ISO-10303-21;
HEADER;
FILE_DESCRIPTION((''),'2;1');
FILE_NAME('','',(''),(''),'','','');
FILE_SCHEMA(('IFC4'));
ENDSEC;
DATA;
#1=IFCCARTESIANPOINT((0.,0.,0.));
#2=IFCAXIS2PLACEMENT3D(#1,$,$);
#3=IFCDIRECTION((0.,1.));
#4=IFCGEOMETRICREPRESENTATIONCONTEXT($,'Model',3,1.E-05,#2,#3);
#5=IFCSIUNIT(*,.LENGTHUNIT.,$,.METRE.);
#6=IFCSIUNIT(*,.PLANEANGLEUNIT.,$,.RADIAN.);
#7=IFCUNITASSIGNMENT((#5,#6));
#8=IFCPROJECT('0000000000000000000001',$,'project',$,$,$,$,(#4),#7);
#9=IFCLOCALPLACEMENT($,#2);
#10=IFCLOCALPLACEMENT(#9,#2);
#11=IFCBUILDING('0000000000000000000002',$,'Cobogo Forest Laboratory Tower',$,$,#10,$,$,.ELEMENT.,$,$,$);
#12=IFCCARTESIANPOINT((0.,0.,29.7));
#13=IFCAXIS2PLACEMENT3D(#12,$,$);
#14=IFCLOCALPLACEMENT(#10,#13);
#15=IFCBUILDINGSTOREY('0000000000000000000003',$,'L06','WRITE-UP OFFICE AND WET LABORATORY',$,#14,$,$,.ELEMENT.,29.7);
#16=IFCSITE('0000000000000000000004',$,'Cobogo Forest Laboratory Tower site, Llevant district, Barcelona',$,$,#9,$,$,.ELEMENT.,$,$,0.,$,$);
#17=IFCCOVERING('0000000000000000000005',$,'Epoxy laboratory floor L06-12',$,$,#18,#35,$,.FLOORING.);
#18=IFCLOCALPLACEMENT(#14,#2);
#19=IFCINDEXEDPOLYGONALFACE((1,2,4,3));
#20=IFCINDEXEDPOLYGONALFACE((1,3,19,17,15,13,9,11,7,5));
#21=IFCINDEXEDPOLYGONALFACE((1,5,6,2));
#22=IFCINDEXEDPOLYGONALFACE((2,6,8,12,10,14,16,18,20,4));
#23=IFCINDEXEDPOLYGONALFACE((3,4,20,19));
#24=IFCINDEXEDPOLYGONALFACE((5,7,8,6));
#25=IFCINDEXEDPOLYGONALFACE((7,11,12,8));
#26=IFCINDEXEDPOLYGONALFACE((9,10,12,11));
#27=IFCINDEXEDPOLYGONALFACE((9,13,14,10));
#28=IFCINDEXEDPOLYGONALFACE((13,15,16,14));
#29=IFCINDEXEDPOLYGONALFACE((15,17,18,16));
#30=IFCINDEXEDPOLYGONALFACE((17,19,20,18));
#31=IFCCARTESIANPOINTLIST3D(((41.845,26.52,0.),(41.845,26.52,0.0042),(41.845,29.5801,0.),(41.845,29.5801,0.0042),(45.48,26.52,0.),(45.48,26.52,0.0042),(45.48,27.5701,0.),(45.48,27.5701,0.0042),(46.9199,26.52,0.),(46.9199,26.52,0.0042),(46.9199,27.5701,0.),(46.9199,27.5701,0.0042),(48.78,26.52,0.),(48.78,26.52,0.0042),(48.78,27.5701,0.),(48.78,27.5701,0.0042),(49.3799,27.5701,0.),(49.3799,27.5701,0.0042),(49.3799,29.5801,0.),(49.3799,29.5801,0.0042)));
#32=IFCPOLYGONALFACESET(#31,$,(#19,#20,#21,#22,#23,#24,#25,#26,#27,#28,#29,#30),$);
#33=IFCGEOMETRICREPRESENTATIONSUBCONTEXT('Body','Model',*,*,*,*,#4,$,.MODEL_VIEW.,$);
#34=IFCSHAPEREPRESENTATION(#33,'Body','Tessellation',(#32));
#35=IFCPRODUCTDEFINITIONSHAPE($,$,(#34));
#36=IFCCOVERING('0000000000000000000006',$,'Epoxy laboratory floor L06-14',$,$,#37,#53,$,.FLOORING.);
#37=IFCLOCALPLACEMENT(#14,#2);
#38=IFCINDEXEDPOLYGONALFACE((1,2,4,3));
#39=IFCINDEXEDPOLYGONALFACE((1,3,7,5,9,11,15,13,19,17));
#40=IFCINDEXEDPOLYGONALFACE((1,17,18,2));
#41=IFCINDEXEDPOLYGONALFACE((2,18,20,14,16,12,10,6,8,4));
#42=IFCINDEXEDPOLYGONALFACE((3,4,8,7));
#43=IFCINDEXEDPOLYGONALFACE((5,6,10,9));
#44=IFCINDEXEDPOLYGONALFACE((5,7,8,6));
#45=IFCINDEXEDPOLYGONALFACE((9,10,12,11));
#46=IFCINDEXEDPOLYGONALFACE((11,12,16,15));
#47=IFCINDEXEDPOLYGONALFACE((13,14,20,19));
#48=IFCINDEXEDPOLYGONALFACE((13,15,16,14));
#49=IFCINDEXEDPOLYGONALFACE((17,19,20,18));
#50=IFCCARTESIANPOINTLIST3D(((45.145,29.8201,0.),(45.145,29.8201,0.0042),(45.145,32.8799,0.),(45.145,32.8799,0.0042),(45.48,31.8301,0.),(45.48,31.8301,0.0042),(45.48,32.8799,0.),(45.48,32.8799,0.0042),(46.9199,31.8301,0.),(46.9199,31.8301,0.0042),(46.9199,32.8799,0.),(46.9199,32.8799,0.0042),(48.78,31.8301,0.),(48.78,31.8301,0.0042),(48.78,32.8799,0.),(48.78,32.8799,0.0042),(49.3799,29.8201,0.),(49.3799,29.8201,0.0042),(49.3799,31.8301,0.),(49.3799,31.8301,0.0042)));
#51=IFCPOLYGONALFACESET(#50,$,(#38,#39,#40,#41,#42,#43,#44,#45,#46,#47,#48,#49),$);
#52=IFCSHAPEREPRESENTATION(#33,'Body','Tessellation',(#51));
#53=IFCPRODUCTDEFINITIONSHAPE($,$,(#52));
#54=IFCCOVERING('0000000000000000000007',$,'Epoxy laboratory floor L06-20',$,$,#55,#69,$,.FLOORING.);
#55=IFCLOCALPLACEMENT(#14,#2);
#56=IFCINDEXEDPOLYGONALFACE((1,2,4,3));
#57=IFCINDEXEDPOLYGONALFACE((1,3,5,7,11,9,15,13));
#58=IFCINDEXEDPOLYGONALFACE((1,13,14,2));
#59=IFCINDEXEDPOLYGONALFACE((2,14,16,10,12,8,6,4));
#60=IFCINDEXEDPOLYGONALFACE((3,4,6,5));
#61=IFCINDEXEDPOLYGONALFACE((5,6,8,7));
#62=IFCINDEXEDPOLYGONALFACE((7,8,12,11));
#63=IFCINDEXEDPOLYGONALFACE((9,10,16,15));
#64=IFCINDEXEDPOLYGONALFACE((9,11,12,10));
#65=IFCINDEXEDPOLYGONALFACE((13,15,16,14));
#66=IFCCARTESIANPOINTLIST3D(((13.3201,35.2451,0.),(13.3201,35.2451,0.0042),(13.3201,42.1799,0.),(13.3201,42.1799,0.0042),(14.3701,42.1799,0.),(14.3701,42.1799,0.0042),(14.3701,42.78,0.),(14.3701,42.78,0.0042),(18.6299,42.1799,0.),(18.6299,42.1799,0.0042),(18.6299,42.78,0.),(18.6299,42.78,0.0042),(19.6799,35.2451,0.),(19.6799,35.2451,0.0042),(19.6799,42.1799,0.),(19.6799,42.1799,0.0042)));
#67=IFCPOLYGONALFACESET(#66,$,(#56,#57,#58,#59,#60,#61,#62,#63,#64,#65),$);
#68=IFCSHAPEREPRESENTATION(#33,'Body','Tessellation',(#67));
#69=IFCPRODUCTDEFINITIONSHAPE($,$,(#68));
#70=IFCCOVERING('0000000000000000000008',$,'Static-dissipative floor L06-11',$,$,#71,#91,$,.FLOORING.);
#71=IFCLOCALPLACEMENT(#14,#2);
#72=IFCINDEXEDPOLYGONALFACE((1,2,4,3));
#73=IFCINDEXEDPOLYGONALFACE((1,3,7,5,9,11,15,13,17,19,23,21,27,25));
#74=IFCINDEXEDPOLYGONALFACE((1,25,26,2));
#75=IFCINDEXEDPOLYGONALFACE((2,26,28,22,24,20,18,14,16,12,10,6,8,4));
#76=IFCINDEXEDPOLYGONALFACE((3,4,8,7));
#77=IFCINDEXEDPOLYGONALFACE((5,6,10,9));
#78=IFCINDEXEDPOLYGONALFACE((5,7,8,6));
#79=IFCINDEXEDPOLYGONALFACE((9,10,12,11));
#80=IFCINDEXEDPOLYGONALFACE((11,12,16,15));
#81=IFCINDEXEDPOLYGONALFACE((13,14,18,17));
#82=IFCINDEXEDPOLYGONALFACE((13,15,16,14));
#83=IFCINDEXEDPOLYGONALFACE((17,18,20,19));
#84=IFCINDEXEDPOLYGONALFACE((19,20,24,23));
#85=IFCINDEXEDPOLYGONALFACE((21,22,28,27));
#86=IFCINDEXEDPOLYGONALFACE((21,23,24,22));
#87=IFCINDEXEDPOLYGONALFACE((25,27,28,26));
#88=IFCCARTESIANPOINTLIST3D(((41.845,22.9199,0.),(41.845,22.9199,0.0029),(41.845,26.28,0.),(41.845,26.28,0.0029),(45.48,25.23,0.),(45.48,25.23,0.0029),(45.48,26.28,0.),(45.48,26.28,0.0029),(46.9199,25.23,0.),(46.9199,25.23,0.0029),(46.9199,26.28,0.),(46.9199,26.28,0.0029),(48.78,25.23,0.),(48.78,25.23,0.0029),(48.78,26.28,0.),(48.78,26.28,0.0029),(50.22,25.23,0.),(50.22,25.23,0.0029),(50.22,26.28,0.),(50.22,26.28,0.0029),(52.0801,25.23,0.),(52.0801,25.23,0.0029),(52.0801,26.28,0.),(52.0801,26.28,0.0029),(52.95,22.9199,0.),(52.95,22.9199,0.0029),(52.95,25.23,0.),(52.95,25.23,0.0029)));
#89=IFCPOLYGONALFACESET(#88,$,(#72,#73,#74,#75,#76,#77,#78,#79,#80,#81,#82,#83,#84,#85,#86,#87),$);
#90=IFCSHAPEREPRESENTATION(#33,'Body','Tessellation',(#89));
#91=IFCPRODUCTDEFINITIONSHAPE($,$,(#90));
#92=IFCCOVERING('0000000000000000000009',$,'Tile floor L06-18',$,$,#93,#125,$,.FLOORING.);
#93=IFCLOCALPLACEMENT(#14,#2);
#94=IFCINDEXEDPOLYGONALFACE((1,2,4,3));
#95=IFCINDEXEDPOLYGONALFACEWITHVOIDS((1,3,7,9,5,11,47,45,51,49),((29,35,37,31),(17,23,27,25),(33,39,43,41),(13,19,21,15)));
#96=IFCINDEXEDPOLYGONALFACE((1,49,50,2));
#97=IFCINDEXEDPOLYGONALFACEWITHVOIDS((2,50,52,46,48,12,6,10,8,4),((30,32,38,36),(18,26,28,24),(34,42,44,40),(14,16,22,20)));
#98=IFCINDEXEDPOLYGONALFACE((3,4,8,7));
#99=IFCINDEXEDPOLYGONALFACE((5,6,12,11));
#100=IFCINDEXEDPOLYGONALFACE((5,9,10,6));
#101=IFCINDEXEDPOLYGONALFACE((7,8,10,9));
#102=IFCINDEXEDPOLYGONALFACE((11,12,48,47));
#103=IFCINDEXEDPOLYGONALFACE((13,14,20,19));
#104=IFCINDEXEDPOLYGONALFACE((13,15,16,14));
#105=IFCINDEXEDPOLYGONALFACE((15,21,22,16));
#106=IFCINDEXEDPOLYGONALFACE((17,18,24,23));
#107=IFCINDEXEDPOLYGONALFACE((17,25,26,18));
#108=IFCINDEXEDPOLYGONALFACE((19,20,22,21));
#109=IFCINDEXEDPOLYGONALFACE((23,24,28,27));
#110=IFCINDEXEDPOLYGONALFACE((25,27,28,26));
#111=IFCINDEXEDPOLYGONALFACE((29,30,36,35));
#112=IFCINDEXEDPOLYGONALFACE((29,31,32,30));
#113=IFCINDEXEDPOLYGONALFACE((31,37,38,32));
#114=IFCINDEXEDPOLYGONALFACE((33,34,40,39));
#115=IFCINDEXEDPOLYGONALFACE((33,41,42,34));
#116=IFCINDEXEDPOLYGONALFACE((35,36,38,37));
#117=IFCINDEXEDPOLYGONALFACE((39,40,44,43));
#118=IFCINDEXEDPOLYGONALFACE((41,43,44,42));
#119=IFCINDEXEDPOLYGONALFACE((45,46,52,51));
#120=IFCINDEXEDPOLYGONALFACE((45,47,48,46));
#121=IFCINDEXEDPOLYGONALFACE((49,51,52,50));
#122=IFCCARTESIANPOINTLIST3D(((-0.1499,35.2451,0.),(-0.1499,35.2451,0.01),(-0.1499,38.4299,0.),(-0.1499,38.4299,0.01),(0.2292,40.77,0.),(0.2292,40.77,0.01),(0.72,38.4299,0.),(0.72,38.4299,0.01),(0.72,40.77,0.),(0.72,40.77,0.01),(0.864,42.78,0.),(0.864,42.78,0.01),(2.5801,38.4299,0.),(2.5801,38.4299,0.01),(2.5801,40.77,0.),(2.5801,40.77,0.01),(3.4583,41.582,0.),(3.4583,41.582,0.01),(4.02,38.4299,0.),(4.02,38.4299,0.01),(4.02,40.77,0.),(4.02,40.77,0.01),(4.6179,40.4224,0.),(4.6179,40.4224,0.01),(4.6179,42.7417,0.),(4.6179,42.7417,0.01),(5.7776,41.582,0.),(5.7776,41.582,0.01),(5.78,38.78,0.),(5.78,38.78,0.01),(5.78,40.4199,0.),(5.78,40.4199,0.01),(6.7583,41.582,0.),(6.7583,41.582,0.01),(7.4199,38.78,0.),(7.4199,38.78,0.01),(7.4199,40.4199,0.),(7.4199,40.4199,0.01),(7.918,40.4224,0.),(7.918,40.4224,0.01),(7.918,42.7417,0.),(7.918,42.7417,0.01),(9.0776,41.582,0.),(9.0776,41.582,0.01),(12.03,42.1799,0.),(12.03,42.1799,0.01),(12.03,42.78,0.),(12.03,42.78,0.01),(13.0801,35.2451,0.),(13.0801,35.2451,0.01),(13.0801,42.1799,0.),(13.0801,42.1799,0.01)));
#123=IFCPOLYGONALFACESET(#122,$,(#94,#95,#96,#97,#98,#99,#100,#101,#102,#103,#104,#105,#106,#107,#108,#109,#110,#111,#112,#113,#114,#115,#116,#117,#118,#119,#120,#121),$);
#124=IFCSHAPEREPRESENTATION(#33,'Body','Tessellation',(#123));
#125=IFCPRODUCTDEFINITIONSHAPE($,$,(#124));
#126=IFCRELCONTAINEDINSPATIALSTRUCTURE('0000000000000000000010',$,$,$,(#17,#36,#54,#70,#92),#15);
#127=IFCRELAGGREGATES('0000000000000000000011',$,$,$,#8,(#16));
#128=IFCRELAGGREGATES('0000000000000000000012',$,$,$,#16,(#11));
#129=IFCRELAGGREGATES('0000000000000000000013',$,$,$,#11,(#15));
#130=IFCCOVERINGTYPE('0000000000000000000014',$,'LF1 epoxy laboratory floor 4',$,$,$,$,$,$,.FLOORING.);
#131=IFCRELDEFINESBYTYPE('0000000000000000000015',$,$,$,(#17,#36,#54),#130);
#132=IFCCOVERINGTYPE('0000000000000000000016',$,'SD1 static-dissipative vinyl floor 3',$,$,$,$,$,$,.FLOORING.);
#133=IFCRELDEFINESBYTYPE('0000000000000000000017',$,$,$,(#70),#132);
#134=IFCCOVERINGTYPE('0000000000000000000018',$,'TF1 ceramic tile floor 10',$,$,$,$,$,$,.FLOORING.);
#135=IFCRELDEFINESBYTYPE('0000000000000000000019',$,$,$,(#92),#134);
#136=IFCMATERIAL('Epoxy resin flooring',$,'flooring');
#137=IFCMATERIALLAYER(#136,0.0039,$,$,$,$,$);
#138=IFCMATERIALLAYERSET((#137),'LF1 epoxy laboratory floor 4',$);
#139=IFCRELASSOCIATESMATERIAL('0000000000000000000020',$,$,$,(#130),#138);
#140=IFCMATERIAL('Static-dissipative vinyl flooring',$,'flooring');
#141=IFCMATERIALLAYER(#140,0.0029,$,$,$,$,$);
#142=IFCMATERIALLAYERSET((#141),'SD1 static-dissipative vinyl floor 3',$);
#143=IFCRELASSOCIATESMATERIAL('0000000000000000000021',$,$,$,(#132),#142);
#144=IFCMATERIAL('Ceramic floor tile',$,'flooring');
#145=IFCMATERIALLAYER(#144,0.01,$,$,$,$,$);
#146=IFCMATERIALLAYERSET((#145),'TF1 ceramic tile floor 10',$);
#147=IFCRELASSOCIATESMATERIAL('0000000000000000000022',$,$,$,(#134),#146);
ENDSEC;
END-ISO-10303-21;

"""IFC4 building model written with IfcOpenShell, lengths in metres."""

from ifc_helpers import new_model, si_unit, direction, frame, origin, place, context, subcontext, project, spatial, polyline, outline, extrude, material, layer, layer_set, type_object, element, save


model = new_model("IFC4")

# Units and contexts
model_context = context("Model", 3, precision=1e-05, world=origin(), true_north=direction((0.0, 1.0)))
body_context = subcontext(model_context, "Body", "Model", "MODEL_VIEW")
ifc_project = project(units=[si_unit("LENGTHUNIT", "METRE"), si_unit("PLANEANGLEUNIT", "RADIAN")], contexts=[model_context])

# Site, building, storey
site_placement = place(None, origin())
site = spatial("IfcSite", under=ifc_project, at=site_placement, Name="Cobogo Forest Laboratory Tower site, Llevant district, Barcelona", CompositionType="ELEMENT", RefElevation=0.0)
building_placement = place(site_placement, origin())
building = spatial("IfcBuilding", under=site, at=building_placement, Name="Cobogo Forest Laboratory Tower", CompositionType="ELEMENT")
storey_placement = place(building_placement, frame((0.0, 0.0, 29.7)))
storey = spatial("IfcBuildingStorey", under=building, at=storey_placement, Name="L06", Description="WRITE-UP OFFICE AND WET LABORATORY", CompositionType="ELEMENT", Elevation=29.7)

# Coverings
ifc_material_1 = material(Name="Epoxy resin flooring", Category="flooring")
ifc_layer_1 = layer(ifc_material_1, 0.0039)
ifc_layer_set_1 = layer_set([ifc_layer_1], Name="LF1 epoxy laboratory floor 4")
covering_type_1 = type_object("IfcCoveringType", Name="LF1 epoxy laboratory floor 4", PredefinedType="FLOORING", material=ifc_layer_set_1)
covering_1_placement = place(storey_placement, origin())
element("IfcCovering", 1, at=covering_1_placement, inside=storey, type_object=covering_type_1, Name="Epoxy laboratory floor L06-12", PredefinedType="FLOORING", context=body_context, shape_type="SweptSolid", body=[
    extrude(outline(polyline([(41.845, 29.5801), (49.3799, 29.5801), (49.3799, 27.5701), (48.78, 27.5701), (48.78, 26.52), (46.9199, 26.52), (46.9199, 27.5701), (45.48, 27.5701), (45.48, 26.52), (41.845, 26.52), (41.845, 29.5801)])), origin(), (0.0, 0.0, 1.0), 0.0042),
])
covering_2_placement = place(storey_placement, origin())
element("IfcCovering", 2, at=covering_2_placement, inside=storey, type_object=covering_type_1, Name="Epoxy laboratory floor L06-14", PredefinedType="FLOORING", context=body_context, shape_type="SweptSolid", body=[
    extrude(outline(polyline([(45.145, 32.8799), (45.48, 32.8799), (45.48, 31.8301), (46.9199, 31.8301), (46.9199, 32.8799), (48.78, 32.8799), (48.78, 31.8301), (49.3799, 31.8301), (49.3799, 29.8201), (45.145, 29.8201), (45.145, 32.8799)])), origin(), (0.0, 0.0, 1.0), 0.0042),
])
covering_3_placement = place(storey_placement, origin())
element("IfcCovering", 3, at=covering_3_placement, inside=storey, type_object=covering_type_1, Name="Epoxy laboratory floor L06-20", PredefinedType="FLOORING", context=body_context, shape_type="SweptSolid", body=[
    extrude(outline(polyline([(13.3201, 42.1799), (14.3701, 42.1799), (14.3701, 42.78), (18.6299, 42.78), (18.6299, 42.1799), (19.6799, 42.1799), (19.6799, 35.2451), (13.3201, 35.2451), (13.3201, 42.1799)])), origin(), (0.0, 0.0, 1.0), 0.0042),
])
ifc_material_2 = material(Name="Static-dissipative vinyl flooring", Category="flooring")
ifc_layer_2 = layer(ifc_material_2, 0.0029)
ifc_layer_set_2 = layer_set([ifc_layer_2], Name="SD1 static-dissipative vinyl floor 3")
covering_type_2 = type_object("IfcCoveringType", Name="SD1 static-dissipative vinyl floor 3", PredefinedType="FLOORING", material=ifc_layer_set_2)
covering_4_placement = place(storey_placement, origin())
element("IfcCovering", 4, at=covering_4_placement, inside=storey, type_object=covering_type_2, Name="Static-dissipative floor L06-11", PredefinedType="FLOORING", context=body_context, shape_type="SweptSolid", body=[
    extrude(outline(polyline([(41.845, 26.28), (45.48, 26.28), (45.48, 25.23), (46.9199, 25.23), (46.9199, 26.28), (48.78, 26.28), (48.78, 25.23), (50.22, 25.23), (50.22, 26.28), (52.0801, 26.28), (52.0801, 25.23), (52.95, 25.23), (52.95, 22.9199), (41.845, 22.9199), (41.845, 26.28)])), origin(), (0.0, 0.0, 1.0), 0.0029),
])
ifc_material_3 = material(Name="Ceramic floor tile", Category="flooring")
ifc_layer_3 = layer(ifc_material_3, 0.01)
ifc_layer_set_3 = layer_set([ifc_layer_3], Name="TF1 ceramic tile floor 10")
covering_type_3 = type_object("IfcCoveringType", Name="TF1 ceramic tile floor 10", PredefinedType="FLOORING", material=ifc_layer_set_3)
covering_5_placement = place(storey_placement, origin())
element("IfcCovering", 5, at=covering_5_placement, inside=storey, type_object=covering_type_3, Name="Tile floor L06-18", PredefinedType="FLOORING", context=body_context, shape_type="SweptSolid", body=[
    extrude(outline(polyline([(13.0801, 35.2451), (-0.1499, 35.2451), (-0.1499, 38.4299), (0.72, 38.4299), (0.72, 40.77), (0.2292, 40.77), (0.864, 42.78), (12.03, 42.78), (12.03, 42.1799), (13.0801, 42.1799), (13.0801, 35.2451)]), holes=[polyline([(6.7583, 41.582), (7.918, 40.4224), (9.0776, 41.582), (7.918, 42.7417), (6.7583, 41.582)]), polyline([(5.78, 40.4199), (5.78, 38.78), (7.4199, 38.78), (7.4199, 40.4199), (5.78, 40.4199)]), polyline([(3.4583, 41.582), (4.6179, 40.4224), (5.7776, 41.582), (4.6179, 42.7417), (3.4583, 41.582)]), polyline([(2.5801, 38.4299), (4.02, 38.4299), (4.02, 40.77), (2.5801, 40.77), (2.5801, 38.4299)])]), origin(), (0.0, 0.0, 1.0), 0.01),
])

save(model, "model.ifc")
